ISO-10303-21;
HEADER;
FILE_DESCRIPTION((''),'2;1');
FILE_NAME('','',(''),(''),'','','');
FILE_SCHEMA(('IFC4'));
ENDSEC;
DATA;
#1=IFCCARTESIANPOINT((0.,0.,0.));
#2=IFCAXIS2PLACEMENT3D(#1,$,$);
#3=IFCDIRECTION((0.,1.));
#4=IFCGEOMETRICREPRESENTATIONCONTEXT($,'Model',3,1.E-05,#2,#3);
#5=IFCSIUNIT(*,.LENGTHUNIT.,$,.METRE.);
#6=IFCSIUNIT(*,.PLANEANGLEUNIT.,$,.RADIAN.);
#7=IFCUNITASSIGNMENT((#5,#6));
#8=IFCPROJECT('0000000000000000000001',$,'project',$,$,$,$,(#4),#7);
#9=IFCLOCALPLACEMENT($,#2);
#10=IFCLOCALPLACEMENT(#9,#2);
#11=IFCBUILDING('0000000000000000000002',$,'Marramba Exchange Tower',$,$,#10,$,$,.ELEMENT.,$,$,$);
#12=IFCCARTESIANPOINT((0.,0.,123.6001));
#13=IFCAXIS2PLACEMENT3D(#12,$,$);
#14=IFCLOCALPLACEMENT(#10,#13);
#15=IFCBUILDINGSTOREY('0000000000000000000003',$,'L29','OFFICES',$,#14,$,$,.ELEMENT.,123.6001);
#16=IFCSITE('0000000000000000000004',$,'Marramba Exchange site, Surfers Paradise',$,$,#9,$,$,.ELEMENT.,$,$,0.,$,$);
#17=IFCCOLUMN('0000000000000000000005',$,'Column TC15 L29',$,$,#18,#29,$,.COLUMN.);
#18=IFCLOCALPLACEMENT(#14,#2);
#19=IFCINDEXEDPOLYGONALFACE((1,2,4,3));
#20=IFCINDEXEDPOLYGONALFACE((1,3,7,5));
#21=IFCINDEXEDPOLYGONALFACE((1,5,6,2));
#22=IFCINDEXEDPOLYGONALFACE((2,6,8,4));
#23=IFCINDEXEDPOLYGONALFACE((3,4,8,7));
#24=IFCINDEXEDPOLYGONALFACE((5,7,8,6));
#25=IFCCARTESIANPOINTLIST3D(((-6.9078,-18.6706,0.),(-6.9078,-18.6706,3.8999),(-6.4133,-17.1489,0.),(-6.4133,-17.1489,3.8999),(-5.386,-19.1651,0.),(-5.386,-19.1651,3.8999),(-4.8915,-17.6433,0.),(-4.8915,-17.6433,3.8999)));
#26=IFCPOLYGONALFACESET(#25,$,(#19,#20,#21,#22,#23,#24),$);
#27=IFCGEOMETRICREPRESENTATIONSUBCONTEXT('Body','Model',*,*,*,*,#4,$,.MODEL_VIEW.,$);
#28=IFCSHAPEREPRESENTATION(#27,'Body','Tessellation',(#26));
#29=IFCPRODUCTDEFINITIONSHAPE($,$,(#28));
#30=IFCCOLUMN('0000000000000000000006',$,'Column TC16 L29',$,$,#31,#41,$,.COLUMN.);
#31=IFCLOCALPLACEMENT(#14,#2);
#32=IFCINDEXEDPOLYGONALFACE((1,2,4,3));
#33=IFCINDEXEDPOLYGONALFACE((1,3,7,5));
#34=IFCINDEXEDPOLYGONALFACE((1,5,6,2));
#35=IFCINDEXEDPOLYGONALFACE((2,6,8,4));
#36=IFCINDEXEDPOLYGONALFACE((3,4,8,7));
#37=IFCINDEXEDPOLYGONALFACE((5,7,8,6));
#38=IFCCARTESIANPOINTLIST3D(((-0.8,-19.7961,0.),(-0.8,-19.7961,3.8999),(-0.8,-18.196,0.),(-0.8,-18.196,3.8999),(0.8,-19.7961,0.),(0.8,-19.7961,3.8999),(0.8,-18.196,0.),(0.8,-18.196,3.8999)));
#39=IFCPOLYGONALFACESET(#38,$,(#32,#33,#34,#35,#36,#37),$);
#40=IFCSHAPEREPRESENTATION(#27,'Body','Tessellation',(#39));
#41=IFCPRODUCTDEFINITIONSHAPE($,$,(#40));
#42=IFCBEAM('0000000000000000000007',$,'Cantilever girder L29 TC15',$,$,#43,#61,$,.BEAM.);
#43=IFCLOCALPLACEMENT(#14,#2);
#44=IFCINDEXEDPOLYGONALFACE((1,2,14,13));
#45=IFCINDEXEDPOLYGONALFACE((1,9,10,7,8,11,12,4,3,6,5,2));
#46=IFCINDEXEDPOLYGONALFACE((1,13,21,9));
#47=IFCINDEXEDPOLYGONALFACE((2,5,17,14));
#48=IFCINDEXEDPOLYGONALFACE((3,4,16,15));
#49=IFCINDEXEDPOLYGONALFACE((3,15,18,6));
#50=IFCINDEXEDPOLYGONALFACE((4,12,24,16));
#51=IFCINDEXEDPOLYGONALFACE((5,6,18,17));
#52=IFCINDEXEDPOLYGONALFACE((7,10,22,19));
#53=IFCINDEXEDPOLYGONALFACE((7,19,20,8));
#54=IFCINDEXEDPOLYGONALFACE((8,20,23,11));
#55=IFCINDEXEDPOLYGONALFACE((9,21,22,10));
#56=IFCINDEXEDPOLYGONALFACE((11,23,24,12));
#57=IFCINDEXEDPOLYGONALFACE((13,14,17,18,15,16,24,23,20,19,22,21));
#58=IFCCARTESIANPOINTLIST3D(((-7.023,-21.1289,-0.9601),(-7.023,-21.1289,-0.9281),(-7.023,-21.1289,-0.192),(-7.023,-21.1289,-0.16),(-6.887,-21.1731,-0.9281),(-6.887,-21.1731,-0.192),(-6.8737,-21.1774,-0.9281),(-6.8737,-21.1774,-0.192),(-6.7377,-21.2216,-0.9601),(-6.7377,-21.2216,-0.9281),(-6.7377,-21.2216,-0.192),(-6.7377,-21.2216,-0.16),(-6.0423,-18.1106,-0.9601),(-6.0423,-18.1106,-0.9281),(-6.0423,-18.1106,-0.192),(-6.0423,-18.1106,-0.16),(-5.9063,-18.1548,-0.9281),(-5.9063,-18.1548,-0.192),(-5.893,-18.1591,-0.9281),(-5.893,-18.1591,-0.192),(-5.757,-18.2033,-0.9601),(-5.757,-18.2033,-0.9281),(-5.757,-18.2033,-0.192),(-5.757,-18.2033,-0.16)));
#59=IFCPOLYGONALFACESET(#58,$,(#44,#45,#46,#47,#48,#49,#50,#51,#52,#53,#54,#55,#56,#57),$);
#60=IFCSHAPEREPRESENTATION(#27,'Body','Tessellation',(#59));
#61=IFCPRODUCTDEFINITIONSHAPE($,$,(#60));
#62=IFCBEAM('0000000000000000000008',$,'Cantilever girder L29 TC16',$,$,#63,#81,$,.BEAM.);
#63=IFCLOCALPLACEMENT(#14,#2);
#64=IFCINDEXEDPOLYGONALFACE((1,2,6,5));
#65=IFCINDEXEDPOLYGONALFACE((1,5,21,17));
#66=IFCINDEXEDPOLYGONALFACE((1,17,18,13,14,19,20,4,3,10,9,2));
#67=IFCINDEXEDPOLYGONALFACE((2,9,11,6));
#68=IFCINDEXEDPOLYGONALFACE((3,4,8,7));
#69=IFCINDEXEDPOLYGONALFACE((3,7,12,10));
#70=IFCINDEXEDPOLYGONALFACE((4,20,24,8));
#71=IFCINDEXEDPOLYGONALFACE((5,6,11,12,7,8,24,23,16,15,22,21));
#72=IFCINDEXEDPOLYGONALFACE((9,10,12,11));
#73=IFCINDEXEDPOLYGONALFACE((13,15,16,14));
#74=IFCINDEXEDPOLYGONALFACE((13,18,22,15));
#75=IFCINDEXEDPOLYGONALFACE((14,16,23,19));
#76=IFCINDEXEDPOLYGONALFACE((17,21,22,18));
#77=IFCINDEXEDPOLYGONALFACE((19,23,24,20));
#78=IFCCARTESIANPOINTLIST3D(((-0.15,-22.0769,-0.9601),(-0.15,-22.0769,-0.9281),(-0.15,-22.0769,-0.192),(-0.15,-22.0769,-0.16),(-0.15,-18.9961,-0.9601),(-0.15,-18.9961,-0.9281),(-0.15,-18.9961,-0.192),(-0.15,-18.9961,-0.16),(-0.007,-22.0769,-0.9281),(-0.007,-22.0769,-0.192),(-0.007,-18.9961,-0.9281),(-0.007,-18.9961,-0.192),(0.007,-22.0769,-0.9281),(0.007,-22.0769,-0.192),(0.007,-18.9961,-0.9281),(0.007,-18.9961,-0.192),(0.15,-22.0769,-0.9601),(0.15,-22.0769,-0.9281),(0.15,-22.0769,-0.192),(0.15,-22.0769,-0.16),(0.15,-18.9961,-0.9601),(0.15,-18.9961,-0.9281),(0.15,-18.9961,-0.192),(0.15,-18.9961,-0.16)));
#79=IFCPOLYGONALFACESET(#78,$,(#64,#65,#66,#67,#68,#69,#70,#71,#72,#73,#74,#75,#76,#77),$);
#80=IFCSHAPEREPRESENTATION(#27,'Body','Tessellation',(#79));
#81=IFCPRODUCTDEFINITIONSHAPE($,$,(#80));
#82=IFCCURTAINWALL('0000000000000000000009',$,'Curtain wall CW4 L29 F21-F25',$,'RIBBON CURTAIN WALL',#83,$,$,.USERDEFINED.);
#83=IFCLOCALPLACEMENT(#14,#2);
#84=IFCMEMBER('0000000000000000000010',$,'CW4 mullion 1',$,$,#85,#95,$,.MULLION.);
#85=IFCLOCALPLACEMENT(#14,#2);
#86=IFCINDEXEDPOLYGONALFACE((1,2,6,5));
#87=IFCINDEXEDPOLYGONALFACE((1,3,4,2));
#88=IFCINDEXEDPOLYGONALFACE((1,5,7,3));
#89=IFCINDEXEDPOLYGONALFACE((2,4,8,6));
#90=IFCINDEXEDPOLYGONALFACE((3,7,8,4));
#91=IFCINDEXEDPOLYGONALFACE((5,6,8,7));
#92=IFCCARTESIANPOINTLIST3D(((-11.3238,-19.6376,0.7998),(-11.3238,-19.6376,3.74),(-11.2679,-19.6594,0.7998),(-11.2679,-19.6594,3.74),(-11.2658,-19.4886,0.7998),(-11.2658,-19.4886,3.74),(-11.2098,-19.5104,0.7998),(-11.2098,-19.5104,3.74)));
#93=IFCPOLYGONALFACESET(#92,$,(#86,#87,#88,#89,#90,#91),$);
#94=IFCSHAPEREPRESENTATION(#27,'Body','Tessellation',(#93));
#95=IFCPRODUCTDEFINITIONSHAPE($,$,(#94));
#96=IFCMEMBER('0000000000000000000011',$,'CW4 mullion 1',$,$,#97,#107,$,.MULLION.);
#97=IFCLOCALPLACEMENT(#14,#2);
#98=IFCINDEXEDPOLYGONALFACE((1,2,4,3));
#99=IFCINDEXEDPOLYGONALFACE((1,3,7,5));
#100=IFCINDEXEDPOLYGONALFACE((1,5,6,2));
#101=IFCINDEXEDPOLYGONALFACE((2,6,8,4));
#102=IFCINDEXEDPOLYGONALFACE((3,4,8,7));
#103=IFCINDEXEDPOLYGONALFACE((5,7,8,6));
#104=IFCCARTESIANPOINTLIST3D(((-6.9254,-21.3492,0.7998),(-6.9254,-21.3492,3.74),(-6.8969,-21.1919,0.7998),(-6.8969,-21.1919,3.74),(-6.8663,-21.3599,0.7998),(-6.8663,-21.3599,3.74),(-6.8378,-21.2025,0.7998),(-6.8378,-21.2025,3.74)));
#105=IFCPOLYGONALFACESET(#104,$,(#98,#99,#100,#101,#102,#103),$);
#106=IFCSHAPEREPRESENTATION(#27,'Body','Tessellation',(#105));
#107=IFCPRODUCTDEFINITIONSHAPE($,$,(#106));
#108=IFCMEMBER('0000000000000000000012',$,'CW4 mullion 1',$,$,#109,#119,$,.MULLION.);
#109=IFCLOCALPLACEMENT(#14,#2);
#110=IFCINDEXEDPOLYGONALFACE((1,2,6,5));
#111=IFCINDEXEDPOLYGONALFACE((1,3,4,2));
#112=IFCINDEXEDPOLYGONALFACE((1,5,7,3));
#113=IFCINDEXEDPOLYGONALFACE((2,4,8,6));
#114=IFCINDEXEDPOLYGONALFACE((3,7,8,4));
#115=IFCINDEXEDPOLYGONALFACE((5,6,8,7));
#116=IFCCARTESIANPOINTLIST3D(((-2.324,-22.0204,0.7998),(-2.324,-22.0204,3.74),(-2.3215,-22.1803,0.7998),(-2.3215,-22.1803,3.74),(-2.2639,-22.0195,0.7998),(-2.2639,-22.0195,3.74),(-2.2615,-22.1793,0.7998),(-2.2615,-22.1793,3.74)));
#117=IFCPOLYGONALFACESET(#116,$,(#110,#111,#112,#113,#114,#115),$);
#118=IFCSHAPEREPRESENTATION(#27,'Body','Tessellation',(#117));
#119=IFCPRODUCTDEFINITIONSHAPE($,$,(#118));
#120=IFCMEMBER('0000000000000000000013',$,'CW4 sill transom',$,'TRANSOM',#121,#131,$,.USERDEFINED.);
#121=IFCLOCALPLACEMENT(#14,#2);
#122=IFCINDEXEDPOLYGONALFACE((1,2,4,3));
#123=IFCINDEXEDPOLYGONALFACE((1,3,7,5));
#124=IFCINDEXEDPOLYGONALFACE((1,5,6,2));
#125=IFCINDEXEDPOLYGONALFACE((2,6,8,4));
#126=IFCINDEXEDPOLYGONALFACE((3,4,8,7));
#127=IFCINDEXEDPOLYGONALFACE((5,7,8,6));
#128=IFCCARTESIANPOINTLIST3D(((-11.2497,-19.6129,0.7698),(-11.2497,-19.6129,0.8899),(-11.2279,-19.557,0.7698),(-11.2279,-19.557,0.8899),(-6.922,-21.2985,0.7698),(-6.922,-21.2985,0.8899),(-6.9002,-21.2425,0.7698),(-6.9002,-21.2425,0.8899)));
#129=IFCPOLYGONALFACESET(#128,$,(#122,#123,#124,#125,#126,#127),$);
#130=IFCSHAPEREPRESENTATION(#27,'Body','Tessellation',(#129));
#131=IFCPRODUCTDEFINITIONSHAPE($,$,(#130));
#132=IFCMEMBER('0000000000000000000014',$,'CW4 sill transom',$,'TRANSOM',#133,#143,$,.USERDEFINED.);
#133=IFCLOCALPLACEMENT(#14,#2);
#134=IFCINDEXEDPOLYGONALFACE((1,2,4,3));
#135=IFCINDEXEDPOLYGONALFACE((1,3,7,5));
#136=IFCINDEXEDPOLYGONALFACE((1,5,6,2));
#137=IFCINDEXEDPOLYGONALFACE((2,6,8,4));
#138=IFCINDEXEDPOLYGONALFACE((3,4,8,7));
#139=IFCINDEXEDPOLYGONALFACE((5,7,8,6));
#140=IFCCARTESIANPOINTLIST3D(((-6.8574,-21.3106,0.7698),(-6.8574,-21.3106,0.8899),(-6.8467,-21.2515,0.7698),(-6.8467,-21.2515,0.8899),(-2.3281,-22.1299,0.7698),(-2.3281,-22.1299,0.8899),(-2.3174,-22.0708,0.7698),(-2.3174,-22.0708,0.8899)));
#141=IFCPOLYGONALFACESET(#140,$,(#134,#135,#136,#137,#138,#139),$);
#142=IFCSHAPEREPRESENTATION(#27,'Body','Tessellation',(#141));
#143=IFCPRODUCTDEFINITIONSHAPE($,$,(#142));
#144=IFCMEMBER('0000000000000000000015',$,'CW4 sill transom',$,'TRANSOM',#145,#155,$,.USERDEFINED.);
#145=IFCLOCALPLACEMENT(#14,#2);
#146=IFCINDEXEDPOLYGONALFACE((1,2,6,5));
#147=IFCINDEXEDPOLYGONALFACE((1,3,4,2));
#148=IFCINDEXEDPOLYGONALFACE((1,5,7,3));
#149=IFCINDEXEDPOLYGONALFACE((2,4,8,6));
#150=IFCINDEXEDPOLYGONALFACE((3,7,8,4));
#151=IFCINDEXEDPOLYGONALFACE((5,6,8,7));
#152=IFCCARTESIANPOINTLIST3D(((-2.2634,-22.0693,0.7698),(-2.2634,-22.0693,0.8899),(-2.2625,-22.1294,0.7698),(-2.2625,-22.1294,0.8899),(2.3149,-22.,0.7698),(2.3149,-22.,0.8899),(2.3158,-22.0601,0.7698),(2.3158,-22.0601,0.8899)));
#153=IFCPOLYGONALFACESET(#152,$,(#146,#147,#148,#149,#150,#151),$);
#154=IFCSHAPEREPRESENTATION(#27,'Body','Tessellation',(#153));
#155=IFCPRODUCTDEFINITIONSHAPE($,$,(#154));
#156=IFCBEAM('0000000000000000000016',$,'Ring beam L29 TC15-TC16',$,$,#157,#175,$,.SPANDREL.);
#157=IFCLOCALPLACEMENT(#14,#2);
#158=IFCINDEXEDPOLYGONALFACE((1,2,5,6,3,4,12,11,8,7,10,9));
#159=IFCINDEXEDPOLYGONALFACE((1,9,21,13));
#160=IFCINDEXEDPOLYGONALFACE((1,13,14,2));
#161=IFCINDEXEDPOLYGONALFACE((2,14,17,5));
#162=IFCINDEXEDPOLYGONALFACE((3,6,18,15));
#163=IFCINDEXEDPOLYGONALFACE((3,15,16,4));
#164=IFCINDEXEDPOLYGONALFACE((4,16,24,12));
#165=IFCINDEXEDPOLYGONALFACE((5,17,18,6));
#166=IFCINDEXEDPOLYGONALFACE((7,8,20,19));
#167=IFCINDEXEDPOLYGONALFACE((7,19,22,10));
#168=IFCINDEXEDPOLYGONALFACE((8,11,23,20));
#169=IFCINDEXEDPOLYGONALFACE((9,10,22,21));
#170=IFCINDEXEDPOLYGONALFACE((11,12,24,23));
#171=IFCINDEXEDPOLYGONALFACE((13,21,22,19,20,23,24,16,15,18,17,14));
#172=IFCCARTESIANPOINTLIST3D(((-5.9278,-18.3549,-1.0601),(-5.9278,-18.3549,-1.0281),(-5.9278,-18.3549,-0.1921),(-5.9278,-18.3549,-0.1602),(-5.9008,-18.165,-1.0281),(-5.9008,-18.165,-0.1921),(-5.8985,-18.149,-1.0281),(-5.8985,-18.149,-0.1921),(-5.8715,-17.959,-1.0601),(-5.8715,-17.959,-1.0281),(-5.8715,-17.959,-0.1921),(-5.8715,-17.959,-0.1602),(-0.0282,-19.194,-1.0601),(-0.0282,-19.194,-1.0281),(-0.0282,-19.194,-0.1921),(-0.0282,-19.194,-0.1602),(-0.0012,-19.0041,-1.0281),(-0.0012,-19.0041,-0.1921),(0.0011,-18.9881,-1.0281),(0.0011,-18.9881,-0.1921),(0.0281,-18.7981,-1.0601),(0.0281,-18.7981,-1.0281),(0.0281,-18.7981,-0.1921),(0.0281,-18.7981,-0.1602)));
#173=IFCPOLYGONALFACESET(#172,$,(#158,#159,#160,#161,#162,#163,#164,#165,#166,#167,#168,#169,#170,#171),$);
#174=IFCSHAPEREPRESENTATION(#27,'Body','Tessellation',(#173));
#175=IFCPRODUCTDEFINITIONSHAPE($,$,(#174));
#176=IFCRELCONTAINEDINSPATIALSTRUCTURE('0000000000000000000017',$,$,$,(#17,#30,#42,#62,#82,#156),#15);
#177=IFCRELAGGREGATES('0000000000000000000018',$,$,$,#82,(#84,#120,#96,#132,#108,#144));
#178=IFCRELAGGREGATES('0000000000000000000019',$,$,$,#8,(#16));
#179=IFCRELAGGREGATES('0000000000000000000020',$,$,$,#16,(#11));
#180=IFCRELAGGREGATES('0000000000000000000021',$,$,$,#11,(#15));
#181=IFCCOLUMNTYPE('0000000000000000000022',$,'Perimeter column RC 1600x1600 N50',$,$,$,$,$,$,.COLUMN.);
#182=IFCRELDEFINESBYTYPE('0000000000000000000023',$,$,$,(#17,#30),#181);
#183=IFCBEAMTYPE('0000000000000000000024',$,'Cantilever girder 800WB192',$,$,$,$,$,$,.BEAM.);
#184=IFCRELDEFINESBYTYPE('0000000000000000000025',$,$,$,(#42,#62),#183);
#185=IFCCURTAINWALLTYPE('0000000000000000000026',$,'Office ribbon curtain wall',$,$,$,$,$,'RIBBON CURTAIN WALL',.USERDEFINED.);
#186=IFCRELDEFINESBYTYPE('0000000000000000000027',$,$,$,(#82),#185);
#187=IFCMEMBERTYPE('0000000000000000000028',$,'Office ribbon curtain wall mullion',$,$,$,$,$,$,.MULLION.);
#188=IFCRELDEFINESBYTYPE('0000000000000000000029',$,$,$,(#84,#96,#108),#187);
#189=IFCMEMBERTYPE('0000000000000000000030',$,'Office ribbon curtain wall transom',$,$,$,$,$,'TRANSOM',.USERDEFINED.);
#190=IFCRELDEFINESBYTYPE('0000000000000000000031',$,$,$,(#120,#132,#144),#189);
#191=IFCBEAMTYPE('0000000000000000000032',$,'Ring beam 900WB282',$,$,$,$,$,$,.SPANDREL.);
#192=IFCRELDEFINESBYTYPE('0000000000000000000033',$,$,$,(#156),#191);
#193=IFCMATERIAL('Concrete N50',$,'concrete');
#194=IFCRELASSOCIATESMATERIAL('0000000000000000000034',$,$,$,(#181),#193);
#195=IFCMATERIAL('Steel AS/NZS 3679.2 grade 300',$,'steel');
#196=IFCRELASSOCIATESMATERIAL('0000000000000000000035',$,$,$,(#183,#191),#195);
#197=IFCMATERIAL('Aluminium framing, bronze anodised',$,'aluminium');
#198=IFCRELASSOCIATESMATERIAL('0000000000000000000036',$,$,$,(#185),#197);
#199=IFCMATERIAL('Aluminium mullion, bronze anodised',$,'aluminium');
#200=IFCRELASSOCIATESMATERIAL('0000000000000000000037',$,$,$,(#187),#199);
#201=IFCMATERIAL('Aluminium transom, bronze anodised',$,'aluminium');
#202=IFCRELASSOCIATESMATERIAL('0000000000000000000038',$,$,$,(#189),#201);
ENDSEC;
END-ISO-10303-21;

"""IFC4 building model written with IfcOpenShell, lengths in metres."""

from ifc_helpers import new_model, si_unit, direction, frame, origin, origin_2d, place, context, subcontext, project, spatial, rectangle, i_section, extrude, material, material_profile, profile_set, type_object, element, aggregate, save


model = new_model("IFC4")

# Units and contexts
model_context = context("Model", 3, precision=1e-05, world=origin(), true_north=direction((0.0, 1.0)))
body_context = subcontext(model_context, "Body", "Model", "MODEL_VIEW")
ifc_project = project(units=[si_unit("LENGTHUNIT", "METRE"), si_unit("PLANEANGLEUNIT", "RADIAN")], contexts=[model_context])

# Site, building, storey
site_placement = place(None, origin())
site = spatial("IfcSite", under=ifc_project, at=site_placement, Name="Marramba Exchange site, Surfers Paradise", CompositionType="ELEMENT", RefElevation=0.0)
building_placement = place(site_placement, origin())
building = spatial("IfcBuilding", under=site, at=building_placement, Name="Marramba Exchange Tower", CompositionType="ELEMENT")
storey_placement = place(building_placement, frame((0.0, 0.0, 123.6001)))
storey = spatial("IfcBuildingStorey", under=building, at=storey_placement, Name="L29", Description="OFFICES", CompositionType="ELEMENT", Elevation=123.6001)

# Columns
ifc_material_1 = material(Name="Concrete N50", Category="concrete")
ifc_material_profile_1 = material_profile(ifc_material_1, rectangle(XDim=1.6001, YDim=1.6001, at=origin_2d()), Name="RC 1600x1600")
ifc_profile_set_1 = profile_set([ifc_material_profile_1], Name="Concrete N50")
column_type = type_object("IfcColumnType", Name="Perimeter column RC 1600x1600 N50", PredefinedType="COLUMN", material=ifc_profile_set_1)
for number, where, z_axis, x_axis, name in (
    (1, (-5.8997, -18.157, 0.0), (0.0, 0.0, 1.0), (-0.309017, -0.951057, 0.0), "Column TC15 L29"),
    (2, (0.0, -18.9961, 0.0), (0.0, 0.0, 1.0), (0.0, -1.0, 0.0), "Column TC16 L29"),
):
    element("IfcColumn", number, at=place(storey_placement, frame(where, z_axis=z_axis, x_axis=x_axis)), inside=storey, type_object=column_type, Name=name, PredefinedType="COLUMN", context=body_context, shape_type="SweptSolid", body=[
        extrude(rectangle(XDim=1.6001, YDim=1.6001, at=origin_2d()), origin(), (0.0, 0.0, 1.0), 3.8999),
    ])

# Beams
ifc_material_2 = material(Name="Steel AS/NZS 3679.2 grade 300", Category="steel")
ifc_material_profile_2 = material_profile(ifc_material_2, i_section(OverallWidth=0.3, OverallDepth=0.8, WebThickness=0.0139, FlangeThickness=0.032, at=origin_2d()), Name="800WB192")
ifc_profile_set_2 = profile_set([ifc_material_profile_2], Name="Steel AS/NZS 3679.2 grade 300")
beam_type_1 = type_object("IfcBeamType", Name="Cantilever girder 800WB192", PredefinedType="BEAM", material=ifc_profile_set_2)
beam_1_placement = place(storey_placement, frame((-5.8997, -18.157, -0.5601), z_axis=(-0.309018, -0.951056, 0.0), x_axis=(0.951056, -0.309018, 0.0)))
element("IfcBeam", 3, at=beam_1_placement, inside=storey, type_object=beam_type_1, Name="Cantilever girder L29 TC15", PredefinedType="BEAM", context=body_context, shape_type="SweptSolid", body=[
    extrude(i_section(OverallWidth=0.3, OverallDepth=0.8, WebThickness=0.0139, FlangeThickness=0.032, at=origin_2d()), origin(), (0.0, 0.0, 1.0), 3.1736),
])
beam_2_placement = place(storey_placement, frame((0.0, -18.9961, -0.5601), z_axis=(0.0, -1.0, 0.0), x_axis=(1.0, 0.0, 0.0)))
element("IfcBeam", 4, at=beam_2_placement, inside=storey, type_object=beam_type_1, Name="Cantilever girder L29 TC16", PredefinedType="BEAM", context=body_context, shape_type="SweptSolid", body=[
    extrude(i_section(OverallWidth=0.3, OverallDepth=0.8, WebThickness=0.0139, FlangeThickness=0.032, at=origin_2d()), origin(), (0.0, 0.0, 1.0), 3.0808),
])

# Curtain wall, members
ifc_material_3 = material(Name="Aluminium framing, bronze anodised", Category="aluminium")
curtain_wall_type = type_object("IfcCurtainWallType", Name="Office ribbon curtain wall", ElementType="RIBBON CURTAIN WALL", PredefinedType="USERDEFINED", material=ifc_material_3)
curtain_wall_1_placement = place(storey_placement, origin())
curtain_wall_1 = element("IfcCurtainWall", 5, at=curtain_wall_1_placement, inside=storey, type_object=curtain_wall_type, Name="Curtain wall CW4 L29 F21-F25", ObjectType="RIBBON CURTAIN WALL", PredefinedType="USERDEFINED")
ifc_material_4 = material(Name="Aluminium mullion, bronze anodised", Category="aluminium")
ifc_material_profile_3 = material_profile(ifc_material_4, rectangle(XDim=0.1599, YDim=0.0601, at=origin_2d()), Name="CW4 mullion 60x160")
ifc_profile_set_3 = profile_set([ifc_material_profile_3], Name="Aluminium mullion, bronze anodised")
member_type_1 = type_object("IfcMemberType", Name="Office ribbon curtain wall mullion", PredefinedType="MULLION", material=ifc_profile_set_3)
member_1_placement = place(storey_placement, frame((-11.2668, -19.574, 0.7998), z_axis=(0.0, 0.0, 1.0), x_axis=(0.362925, 0.931818, 0.0)))
member_1 = element("IfcMember", 6, at=member_1_placement, type_object=member_type_1, Name="CW4 mullion 1", PredefinedType="MULLION", context=body_context, shape_type="SweptSolid", body=[
    extrude(rectangle(XDim=0.1599, YDim=0.0601, at=origin_2d()), origin(), (0.0, 0.0, 1.0), 2.9402),
])
member_2_placement = place(storey_placement, frame((-6.8816, -21.2759, 0.7998), z_axis=(0.0, 0.0, 1.0), x_axis=(0.177992, 0.984032, 0.0)))
member_2 = element("IfcMember", 7, at=member_2_placement, type_object=member_type_1, Name="CW4 mullion 1", PredefinedType="MULLION", context=body_context, shape_type="SweptSolid", body=[
    extrude(rectangle(XDim=0.1599, YDim=0.0601, at=origin_2d()), origin(), (0.0, 0.0, 1.0), 2.9402),
])
member_3_placement = place(storey_placement, frame((-2.2927, -22.0999, 0.7998), z_axis=(0.0, 0.0, 1.0), x_axis=(-0.015179, 0.999885, 0.0)))
member_3 = element("IfcMember", 8, at=member_3_placement, type_object=member_type_1, Name="CW4 mullion 1", PredefinedType="MULLION", context=body_context, shape_type="SweptSolid", body=[
    extrude(rectangle(XDim=0.1599, YDim=0.0601, at=origin_2d()), origin(), (0.0, 0.0, 1.0), 2.9402),
])
ifc_material_5 = material(Name="Aluminium transom, bronze anodised", Category="aluminium")
ifc_material_profile_4 = material_profile(ifc_material_5, rectangle(XDim=0.0601, YDim=0.1201, at=origin_2d()), Name="CW4 transom 60x120")
ifc_profile_set_4 = profile_set([ifc_material_profile_4], Name="Aluminium transom, bronze anodised")
member_type_2 = type_object("IfcMemberType", Name="Office ribbon curtain wall transom", ElementType="TRANSOM", PredefinedType="USERDEFINED", material=ifc_profile_set_4)
member_4_placement = place(storey_placement, frame((-11.2388, -19.585, 0.8298), z_axis=(0.931817, -0.362928, 0.0), x_axis=(0.362928, 0.931817, 0.0)))
member_4 = element("IfcMember", 9, at=member_4_placement, type_object=member_type_2, Name="CW4 sill transom", ObjectType="TRANSOM", PredefinedType="USERDEFINED", context=body_context, shape_type="SweptSolid", body=[
    extrude(rectangle(XDim=0.0601, YDim=0.1201, at=origin_2d()), origin(), (0.0, 0.0, 1.0), 4.6443),
])
member_5_placement = place(storey_placement, frame((-6.8521, -21.281, 0.8298), z_axis=(0.984029, -0.178008, 0.0), x_axis=(0.178008, 0.984029, 0.0)))
member_5 = element("IfcMember", 10, at=member_5_placement, type_object=member_type_2, Name="CW4 sill transom", ObjectType="TRANSOM", PredefinedType="USERDEFINED", context=body_context, shape_type="SweptSolid", body=[
    extrude(rectangle(XDim=0.0601, YDim=0.1201, at=origin_2d()), origin(), (0.0, 0.0, 1.0), 4.6028),
])
member_6_placement = place(storey_placement, frame((-2.2629, -22.0994, 0.8298), z_axis=(0.999885, 0.015143, 0.0), x_axis=(-0.015143, 0.999885, 0.0)))
member_6 = element("IfcMember", 11, at=member_6_placement, type_object=member_type_2, Name="CW4 sill transom", ObjectType="TRANSOM", PredefinedType="USERDEFINED", context=body_context, shape_type="SweptSolid", body=[
    extrude(rectangle(XDim=0.0601, YDim=0.1201, at=origin_2d()), origin(), (0.0, 0.0, 1.0), 4.5789),
])

# Beam
ifc_material_profile_5 = material_profile(ifc_material_2, i_section(OverallWidth=0.3999, OverallDepth=0.8999, WebThickness=0.0161, FlangeThickness=0.032, at=origin_2d()), Name="900WB282")
ifc_profile_set_5 = profile_set([ifc_material_profile_5], Name="Steel AS/NZS 3679.2 grade 300")
beam_type_2 = type_object("IfcBeamType", Name="Ring beam 900WB282", PredefinedType="SPANDREL", material=ifc_profile_set_5)
for number, where, z_axis, x_axis, name in (
    (12, (-5.8997, -18.157, -0.6101), (0.990036, -0.140813, 0.0), (0.140813, 0.990036, 0.0), "Ring beam L29 TC15-TC16"),
):
    element("IfcBeam", number, at=place(storey_placement, frame(where, z_axis=z_axis, x_axis=x_axis)), inside=storey, type_object=beam_type_2, Name=name, PredefinedType="SPANDREL", context=body_context, shape_type="SweptSolid", body=[
        extrude(i_section(OverallWidth=0.3999, OverallDepth=0.8999, WebThickness=0.0161, FlangeThickness=0.032, at=origin_2d()), origin(), (0.0, 0.0, 1.0), 5.959),
    ])

aggregate(curtain_wall_1, [member_1, member_4, member_2, member_5, member_3, member_6])

save(model, "model.ifc")
